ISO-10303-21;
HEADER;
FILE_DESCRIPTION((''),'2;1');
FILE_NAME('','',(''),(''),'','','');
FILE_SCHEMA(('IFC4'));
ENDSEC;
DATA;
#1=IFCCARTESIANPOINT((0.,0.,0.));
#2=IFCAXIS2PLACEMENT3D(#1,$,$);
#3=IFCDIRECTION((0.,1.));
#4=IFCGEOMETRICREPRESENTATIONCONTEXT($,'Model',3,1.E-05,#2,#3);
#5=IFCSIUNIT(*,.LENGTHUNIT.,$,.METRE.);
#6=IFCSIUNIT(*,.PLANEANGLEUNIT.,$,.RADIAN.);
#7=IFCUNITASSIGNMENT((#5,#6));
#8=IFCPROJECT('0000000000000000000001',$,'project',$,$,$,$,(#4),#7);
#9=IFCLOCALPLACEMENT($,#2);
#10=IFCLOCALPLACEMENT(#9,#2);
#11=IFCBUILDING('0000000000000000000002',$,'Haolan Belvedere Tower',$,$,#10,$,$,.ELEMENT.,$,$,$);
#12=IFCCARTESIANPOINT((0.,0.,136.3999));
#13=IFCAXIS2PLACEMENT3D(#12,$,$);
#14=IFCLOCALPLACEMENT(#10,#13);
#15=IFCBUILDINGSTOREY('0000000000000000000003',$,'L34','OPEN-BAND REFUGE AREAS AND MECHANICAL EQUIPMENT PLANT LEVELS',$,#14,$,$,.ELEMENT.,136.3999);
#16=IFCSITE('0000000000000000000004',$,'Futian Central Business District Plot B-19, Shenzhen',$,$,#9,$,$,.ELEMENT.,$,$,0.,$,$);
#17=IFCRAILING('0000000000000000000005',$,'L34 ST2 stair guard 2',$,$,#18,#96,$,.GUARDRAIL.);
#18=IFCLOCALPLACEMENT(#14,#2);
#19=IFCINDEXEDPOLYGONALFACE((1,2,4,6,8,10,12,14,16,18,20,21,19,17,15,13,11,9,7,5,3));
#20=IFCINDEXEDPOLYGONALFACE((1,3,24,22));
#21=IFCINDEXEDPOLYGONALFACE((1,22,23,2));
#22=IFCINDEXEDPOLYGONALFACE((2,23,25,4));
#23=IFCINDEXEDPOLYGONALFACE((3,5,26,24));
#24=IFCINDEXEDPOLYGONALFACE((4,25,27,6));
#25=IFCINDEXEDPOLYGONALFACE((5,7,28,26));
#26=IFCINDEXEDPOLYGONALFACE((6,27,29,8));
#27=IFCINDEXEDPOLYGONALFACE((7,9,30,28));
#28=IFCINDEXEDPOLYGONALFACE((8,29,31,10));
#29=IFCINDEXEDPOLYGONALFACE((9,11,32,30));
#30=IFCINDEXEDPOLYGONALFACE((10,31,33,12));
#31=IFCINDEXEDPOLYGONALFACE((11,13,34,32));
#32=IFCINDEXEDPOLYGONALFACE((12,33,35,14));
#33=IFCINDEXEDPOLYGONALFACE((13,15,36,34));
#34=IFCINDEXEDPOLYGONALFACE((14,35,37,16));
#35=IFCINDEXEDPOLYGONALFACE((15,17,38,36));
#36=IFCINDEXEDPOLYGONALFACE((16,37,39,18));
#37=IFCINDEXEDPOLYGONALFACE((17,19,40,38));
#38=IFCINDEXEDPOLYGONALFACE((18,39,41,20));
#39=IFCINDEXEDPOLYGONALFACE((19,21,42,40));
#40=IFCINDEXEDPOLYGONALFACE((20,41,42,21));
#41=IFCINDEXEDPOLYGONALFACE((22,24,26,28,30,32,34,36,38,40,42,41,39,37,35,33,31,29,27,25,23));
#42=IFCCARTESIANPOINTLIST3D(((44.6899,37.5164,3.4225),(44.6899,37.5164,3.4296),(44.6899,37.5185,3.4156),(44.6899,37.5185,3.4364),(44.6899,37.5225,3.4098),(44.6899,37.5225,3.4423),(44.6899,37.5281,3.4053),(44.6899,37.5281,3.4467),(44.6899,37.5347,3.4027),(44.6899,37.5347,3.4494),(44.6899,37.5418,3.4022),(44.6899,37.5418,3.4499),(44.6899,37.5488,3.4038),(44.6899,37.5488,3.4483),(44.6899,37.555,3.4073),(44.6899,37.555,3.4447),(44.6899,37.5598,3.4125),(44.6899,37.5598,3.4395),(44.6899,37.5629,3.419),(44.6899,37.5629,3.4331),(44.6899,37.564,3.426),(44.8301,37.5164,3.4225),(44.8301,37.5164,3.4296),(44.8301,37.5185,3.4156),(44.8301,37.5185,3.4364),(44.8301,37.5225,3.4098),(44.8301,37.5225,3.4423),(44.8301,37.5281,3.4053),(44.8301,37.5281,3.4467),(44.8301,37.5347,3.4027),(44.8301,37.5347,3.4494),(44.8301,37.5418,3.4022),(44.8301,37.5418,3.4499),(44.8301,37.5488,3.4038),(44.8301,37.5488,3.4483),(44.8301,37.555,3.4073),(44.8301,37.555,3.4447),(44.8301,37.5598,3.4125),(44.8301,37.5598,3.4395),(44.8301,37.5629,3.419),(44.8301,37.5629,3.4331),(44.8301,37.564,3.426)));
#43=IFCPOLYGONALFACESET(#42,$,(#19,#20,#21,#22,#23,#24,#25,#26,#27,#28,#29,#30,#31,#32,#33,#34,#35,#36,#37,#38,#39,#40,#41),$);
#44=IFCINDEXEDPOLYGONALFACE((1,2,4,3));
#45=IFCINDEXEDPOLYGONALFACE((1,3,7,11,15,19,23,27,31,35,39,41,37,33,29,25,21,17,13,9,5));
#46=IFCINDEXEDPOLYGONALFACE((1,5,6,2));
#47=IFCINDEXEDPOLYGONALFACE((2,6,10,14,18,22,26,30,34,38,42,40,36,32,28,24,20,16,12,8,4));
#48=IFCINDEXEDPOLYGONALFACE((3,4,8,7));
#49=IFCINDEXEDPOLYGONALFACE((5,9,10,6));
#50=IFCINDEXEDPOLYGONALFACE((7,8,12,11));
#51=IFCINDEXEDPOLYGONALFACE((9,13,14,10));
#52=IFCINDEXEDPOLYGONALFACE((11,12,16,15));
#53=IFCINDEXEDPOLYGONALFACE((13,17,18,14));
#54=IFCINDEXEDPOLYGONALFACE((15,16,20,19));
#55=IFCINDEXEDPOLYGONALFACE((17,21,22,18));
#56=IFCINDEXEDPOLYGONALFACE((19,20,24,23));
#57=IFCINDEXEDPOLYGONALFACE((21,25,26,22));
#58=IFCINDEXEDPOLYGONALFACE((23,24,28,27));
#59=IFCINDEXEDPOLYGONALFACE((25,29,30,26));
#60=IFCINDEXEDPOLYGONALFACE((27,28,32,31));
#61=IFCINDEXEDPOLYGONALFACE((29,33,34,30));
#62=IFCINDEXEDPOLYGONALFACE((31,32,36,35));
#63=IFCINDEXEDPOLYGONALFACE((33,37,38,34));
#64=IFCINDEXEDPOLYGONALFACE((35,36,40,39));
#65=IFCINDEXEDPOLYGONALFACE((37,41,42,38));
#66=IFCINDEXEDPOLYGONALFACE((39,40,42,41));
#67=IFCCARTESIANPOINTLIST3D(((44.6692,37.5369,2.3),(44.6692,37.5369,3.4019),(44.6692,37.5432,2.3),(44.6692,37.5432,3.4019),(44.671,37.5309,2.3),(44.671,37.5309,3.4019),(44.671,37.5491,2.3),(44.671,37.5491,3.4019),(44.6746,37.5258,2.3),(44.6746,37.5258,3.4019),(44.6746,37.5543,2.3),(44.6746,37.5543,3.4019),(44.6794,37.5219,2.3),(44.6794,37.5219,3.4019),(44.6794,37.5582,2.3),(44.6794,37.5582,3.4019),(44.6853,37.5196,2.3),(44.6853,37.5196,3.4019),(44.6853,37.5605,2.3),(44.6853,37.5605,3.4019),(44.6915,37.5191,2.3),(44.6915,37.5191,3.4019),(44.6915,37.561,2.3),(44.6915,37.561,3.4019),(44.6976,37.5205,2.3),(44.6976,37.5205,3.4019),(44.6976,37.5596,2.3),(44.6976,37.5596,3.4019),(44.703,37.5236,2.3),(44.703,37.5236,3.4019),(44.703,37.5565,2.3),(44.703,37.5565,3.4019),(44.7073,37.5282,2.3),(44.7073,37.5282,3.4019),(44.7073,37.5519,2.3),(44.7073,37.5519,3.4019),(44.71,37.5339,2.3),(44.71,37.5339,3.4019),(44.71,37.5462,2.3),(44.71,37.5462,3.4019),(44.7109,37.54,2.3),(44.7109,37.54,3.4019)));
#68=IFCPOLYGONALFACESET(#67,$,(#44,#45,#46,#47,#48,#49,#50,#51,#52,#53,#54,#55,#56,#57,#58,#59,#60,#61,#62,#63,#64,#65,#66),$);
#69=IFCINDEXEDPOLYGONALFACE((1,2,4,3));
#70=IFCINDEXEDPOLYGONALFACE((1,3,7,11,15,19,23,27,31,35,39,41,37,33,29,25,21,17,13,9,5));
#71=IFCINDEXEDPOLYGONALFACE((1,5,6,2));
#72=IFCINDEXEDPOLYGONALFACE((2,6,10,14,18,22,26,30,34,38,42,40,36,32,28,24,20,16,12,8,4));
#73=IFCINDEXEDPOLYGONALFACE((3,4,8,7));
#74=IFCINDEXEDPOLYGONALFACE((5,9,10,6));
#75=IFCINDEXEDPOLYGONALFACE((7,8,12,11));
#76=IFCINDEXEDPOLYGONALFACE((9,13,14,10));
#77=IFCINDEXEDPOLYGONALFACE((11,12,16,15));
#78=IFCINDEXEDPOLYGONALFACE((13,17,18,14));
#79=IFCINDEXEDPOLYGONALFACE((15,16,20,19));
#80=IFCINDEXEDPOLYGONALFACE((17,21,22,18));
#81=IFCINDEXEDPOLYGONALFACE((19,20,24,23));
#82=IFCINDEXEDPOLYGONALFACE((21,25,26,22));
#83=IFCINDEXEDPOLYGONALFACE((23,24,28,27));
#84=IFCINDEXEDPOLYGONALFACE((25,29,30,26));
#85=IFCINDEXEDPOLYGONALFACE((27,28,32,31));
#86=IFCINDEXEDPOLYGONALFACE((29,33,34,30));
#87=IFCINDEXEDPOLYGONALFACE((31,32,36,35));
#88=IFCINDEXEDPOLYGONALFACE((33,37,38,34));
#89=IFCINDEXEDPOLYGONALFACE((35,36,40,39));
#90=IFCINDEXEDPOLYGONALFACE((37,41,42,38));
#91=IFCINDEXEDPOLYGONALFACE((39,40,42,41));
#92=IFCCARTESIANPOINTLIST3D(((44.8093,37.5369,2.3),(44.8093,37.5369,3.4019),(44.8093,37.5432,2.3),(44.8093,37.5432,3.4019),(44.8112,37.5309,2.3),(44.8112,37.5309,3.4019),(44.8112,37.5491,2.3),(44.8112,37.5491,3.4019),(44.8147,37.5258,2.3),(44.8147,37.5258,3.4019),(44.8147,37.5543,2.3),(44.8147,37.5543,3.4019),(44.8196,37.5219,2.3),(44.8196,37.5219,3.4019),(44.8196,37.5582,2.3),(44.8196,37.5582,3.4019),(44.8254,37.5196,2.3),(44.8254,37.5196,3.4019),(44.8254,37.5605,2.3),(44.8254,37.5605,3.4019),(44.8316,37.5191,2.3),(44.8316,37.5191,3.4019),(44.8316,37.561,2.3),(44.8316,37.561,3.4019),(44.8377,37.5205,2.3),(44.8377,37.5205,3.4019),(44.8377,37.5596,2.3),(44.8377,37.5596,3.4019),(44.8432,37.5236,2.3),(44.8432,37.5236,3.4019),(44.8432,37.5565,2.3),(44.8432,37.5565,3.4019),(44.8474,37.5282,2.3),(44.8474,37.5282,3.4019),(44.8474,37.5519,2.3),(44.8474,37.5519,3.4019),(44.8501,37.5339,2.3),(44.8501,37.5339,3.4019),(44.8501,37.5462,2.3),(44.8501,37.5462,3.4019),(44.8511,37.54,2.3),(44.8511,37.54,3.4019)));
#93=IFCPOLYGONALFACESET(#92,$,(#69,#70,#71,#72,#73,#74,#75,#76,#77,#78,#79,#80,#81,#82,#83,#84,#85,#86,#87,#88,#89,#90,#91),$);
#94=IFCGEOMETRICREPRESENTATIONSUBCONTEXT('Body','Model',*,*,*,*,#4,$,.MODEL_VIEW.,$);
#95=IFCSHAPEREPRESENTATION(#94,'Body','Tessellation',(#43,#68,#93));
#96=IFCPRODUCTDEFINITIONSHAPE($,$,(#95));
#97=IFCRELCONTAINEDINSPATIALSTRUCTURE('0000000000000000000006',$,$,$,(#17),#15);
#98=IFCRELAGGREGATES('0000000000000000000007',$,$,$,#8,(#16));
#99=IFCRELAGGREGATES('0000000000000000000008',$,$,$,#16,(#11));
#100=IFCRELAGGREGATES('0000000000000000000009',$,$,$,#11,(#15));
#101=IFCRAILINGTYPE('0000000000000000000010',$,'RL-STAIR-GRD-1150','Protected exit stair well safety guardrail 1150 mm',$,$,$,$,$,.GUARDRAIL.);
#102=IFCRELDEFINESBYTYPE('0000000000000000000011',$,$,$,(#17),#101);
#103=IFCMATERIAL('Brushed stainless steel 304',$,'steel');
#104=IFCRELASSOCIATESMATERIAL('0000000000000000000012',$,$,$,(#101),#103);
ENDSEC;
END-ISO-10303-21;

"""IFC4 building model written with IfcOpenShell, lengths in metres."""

from ifc_helpers import new_model, si_unit, direction, frame, origin, origin_2d, place, context, subcontext, project, spatial, circle, extrude, material, type_object, element, save


model = new_model("IFC4")

# Units and contexts
model_context = context("Model", 3, precision=1e-05, world=origin(), true_north=direction((0.0, 1.0)))
body_context = subcontext(model_context, "Body", "Model", "MODEL_VIEW")
ifc_project = project(units=[si_unit("LENGTHUNIT", "METRE"), si_unit("PLANEANGLEUNIT", "RADIAN")], contexts=[model_context])

# Site, building, storey
site_placement = place(None, origin())
site = spatial("IfcSite", under=ifc_project, at=site_placement, Name="Futian Central Business District Plot B-19, Shenzhen", CompositionType="ELEMENT", RefElevation=0.0)
building_placement = place(site_placement, origin())
building = spatial("IfcBuilding", under=site, at=building_placement, Name="Haolan Belvedere Tower", CompositionType="ELEMENT")
storey_placement = place(building_placement, frame((0.0, 0.0, 136.3999)))
storey = spatial("IfcBuildingStorey", under=building, at=storey_placement, Name="L34", Description="OPEN-BAND REFUGE AREAS AND MECHANICAL EQUIPMENT PLANT LEVELS", CompositionType="ELEMENT", Elevation=136.3999)

# Railing
ifc_material_1 = material(Name="Brushed stainless steel 304", Category="steel")
railing_type_1 = type_object("IfcRailingType", Name="RL-STAIR-GRD-1150", Description="Protected exit stair well safety guardrail 1150 mm", PredefinedType="GUARDRAIL", material=ifc_material_1)
railing_1_placement = place(storey_placement, frame((44.6899, 37.54, 2.3)))
element("IfcRailing", 1, at=railing_1_placement, inside=storey, type_object=railing_type_1, Name="L34 ST2 stair guard 2", PredefinedType="GUARDRAIL", context=body_context, shape_type="SweptSolid", body=[
    extrude(circle(Radius=0.0239, at=origin_2d()), frame((0.0, 0.0, 1.126), z_axis=(1.0, 0.0, 0.0), x_axis=(0.0, 1.0, 0.0)), (0.0, 0.0, 1.0), 0.1401),
    extrude(circle(Radius=0.021, at=origin_2d()), origin(), (0.0, 0.0, 1.0), 1.1018),
    extrude(circle(Radius=0.021, at=origin_2d()), frame((0.1401, 0.0, 0.0)), (0.0, 0.0, 1.0), 1.1018),
])

save(model, "model.ifc")
